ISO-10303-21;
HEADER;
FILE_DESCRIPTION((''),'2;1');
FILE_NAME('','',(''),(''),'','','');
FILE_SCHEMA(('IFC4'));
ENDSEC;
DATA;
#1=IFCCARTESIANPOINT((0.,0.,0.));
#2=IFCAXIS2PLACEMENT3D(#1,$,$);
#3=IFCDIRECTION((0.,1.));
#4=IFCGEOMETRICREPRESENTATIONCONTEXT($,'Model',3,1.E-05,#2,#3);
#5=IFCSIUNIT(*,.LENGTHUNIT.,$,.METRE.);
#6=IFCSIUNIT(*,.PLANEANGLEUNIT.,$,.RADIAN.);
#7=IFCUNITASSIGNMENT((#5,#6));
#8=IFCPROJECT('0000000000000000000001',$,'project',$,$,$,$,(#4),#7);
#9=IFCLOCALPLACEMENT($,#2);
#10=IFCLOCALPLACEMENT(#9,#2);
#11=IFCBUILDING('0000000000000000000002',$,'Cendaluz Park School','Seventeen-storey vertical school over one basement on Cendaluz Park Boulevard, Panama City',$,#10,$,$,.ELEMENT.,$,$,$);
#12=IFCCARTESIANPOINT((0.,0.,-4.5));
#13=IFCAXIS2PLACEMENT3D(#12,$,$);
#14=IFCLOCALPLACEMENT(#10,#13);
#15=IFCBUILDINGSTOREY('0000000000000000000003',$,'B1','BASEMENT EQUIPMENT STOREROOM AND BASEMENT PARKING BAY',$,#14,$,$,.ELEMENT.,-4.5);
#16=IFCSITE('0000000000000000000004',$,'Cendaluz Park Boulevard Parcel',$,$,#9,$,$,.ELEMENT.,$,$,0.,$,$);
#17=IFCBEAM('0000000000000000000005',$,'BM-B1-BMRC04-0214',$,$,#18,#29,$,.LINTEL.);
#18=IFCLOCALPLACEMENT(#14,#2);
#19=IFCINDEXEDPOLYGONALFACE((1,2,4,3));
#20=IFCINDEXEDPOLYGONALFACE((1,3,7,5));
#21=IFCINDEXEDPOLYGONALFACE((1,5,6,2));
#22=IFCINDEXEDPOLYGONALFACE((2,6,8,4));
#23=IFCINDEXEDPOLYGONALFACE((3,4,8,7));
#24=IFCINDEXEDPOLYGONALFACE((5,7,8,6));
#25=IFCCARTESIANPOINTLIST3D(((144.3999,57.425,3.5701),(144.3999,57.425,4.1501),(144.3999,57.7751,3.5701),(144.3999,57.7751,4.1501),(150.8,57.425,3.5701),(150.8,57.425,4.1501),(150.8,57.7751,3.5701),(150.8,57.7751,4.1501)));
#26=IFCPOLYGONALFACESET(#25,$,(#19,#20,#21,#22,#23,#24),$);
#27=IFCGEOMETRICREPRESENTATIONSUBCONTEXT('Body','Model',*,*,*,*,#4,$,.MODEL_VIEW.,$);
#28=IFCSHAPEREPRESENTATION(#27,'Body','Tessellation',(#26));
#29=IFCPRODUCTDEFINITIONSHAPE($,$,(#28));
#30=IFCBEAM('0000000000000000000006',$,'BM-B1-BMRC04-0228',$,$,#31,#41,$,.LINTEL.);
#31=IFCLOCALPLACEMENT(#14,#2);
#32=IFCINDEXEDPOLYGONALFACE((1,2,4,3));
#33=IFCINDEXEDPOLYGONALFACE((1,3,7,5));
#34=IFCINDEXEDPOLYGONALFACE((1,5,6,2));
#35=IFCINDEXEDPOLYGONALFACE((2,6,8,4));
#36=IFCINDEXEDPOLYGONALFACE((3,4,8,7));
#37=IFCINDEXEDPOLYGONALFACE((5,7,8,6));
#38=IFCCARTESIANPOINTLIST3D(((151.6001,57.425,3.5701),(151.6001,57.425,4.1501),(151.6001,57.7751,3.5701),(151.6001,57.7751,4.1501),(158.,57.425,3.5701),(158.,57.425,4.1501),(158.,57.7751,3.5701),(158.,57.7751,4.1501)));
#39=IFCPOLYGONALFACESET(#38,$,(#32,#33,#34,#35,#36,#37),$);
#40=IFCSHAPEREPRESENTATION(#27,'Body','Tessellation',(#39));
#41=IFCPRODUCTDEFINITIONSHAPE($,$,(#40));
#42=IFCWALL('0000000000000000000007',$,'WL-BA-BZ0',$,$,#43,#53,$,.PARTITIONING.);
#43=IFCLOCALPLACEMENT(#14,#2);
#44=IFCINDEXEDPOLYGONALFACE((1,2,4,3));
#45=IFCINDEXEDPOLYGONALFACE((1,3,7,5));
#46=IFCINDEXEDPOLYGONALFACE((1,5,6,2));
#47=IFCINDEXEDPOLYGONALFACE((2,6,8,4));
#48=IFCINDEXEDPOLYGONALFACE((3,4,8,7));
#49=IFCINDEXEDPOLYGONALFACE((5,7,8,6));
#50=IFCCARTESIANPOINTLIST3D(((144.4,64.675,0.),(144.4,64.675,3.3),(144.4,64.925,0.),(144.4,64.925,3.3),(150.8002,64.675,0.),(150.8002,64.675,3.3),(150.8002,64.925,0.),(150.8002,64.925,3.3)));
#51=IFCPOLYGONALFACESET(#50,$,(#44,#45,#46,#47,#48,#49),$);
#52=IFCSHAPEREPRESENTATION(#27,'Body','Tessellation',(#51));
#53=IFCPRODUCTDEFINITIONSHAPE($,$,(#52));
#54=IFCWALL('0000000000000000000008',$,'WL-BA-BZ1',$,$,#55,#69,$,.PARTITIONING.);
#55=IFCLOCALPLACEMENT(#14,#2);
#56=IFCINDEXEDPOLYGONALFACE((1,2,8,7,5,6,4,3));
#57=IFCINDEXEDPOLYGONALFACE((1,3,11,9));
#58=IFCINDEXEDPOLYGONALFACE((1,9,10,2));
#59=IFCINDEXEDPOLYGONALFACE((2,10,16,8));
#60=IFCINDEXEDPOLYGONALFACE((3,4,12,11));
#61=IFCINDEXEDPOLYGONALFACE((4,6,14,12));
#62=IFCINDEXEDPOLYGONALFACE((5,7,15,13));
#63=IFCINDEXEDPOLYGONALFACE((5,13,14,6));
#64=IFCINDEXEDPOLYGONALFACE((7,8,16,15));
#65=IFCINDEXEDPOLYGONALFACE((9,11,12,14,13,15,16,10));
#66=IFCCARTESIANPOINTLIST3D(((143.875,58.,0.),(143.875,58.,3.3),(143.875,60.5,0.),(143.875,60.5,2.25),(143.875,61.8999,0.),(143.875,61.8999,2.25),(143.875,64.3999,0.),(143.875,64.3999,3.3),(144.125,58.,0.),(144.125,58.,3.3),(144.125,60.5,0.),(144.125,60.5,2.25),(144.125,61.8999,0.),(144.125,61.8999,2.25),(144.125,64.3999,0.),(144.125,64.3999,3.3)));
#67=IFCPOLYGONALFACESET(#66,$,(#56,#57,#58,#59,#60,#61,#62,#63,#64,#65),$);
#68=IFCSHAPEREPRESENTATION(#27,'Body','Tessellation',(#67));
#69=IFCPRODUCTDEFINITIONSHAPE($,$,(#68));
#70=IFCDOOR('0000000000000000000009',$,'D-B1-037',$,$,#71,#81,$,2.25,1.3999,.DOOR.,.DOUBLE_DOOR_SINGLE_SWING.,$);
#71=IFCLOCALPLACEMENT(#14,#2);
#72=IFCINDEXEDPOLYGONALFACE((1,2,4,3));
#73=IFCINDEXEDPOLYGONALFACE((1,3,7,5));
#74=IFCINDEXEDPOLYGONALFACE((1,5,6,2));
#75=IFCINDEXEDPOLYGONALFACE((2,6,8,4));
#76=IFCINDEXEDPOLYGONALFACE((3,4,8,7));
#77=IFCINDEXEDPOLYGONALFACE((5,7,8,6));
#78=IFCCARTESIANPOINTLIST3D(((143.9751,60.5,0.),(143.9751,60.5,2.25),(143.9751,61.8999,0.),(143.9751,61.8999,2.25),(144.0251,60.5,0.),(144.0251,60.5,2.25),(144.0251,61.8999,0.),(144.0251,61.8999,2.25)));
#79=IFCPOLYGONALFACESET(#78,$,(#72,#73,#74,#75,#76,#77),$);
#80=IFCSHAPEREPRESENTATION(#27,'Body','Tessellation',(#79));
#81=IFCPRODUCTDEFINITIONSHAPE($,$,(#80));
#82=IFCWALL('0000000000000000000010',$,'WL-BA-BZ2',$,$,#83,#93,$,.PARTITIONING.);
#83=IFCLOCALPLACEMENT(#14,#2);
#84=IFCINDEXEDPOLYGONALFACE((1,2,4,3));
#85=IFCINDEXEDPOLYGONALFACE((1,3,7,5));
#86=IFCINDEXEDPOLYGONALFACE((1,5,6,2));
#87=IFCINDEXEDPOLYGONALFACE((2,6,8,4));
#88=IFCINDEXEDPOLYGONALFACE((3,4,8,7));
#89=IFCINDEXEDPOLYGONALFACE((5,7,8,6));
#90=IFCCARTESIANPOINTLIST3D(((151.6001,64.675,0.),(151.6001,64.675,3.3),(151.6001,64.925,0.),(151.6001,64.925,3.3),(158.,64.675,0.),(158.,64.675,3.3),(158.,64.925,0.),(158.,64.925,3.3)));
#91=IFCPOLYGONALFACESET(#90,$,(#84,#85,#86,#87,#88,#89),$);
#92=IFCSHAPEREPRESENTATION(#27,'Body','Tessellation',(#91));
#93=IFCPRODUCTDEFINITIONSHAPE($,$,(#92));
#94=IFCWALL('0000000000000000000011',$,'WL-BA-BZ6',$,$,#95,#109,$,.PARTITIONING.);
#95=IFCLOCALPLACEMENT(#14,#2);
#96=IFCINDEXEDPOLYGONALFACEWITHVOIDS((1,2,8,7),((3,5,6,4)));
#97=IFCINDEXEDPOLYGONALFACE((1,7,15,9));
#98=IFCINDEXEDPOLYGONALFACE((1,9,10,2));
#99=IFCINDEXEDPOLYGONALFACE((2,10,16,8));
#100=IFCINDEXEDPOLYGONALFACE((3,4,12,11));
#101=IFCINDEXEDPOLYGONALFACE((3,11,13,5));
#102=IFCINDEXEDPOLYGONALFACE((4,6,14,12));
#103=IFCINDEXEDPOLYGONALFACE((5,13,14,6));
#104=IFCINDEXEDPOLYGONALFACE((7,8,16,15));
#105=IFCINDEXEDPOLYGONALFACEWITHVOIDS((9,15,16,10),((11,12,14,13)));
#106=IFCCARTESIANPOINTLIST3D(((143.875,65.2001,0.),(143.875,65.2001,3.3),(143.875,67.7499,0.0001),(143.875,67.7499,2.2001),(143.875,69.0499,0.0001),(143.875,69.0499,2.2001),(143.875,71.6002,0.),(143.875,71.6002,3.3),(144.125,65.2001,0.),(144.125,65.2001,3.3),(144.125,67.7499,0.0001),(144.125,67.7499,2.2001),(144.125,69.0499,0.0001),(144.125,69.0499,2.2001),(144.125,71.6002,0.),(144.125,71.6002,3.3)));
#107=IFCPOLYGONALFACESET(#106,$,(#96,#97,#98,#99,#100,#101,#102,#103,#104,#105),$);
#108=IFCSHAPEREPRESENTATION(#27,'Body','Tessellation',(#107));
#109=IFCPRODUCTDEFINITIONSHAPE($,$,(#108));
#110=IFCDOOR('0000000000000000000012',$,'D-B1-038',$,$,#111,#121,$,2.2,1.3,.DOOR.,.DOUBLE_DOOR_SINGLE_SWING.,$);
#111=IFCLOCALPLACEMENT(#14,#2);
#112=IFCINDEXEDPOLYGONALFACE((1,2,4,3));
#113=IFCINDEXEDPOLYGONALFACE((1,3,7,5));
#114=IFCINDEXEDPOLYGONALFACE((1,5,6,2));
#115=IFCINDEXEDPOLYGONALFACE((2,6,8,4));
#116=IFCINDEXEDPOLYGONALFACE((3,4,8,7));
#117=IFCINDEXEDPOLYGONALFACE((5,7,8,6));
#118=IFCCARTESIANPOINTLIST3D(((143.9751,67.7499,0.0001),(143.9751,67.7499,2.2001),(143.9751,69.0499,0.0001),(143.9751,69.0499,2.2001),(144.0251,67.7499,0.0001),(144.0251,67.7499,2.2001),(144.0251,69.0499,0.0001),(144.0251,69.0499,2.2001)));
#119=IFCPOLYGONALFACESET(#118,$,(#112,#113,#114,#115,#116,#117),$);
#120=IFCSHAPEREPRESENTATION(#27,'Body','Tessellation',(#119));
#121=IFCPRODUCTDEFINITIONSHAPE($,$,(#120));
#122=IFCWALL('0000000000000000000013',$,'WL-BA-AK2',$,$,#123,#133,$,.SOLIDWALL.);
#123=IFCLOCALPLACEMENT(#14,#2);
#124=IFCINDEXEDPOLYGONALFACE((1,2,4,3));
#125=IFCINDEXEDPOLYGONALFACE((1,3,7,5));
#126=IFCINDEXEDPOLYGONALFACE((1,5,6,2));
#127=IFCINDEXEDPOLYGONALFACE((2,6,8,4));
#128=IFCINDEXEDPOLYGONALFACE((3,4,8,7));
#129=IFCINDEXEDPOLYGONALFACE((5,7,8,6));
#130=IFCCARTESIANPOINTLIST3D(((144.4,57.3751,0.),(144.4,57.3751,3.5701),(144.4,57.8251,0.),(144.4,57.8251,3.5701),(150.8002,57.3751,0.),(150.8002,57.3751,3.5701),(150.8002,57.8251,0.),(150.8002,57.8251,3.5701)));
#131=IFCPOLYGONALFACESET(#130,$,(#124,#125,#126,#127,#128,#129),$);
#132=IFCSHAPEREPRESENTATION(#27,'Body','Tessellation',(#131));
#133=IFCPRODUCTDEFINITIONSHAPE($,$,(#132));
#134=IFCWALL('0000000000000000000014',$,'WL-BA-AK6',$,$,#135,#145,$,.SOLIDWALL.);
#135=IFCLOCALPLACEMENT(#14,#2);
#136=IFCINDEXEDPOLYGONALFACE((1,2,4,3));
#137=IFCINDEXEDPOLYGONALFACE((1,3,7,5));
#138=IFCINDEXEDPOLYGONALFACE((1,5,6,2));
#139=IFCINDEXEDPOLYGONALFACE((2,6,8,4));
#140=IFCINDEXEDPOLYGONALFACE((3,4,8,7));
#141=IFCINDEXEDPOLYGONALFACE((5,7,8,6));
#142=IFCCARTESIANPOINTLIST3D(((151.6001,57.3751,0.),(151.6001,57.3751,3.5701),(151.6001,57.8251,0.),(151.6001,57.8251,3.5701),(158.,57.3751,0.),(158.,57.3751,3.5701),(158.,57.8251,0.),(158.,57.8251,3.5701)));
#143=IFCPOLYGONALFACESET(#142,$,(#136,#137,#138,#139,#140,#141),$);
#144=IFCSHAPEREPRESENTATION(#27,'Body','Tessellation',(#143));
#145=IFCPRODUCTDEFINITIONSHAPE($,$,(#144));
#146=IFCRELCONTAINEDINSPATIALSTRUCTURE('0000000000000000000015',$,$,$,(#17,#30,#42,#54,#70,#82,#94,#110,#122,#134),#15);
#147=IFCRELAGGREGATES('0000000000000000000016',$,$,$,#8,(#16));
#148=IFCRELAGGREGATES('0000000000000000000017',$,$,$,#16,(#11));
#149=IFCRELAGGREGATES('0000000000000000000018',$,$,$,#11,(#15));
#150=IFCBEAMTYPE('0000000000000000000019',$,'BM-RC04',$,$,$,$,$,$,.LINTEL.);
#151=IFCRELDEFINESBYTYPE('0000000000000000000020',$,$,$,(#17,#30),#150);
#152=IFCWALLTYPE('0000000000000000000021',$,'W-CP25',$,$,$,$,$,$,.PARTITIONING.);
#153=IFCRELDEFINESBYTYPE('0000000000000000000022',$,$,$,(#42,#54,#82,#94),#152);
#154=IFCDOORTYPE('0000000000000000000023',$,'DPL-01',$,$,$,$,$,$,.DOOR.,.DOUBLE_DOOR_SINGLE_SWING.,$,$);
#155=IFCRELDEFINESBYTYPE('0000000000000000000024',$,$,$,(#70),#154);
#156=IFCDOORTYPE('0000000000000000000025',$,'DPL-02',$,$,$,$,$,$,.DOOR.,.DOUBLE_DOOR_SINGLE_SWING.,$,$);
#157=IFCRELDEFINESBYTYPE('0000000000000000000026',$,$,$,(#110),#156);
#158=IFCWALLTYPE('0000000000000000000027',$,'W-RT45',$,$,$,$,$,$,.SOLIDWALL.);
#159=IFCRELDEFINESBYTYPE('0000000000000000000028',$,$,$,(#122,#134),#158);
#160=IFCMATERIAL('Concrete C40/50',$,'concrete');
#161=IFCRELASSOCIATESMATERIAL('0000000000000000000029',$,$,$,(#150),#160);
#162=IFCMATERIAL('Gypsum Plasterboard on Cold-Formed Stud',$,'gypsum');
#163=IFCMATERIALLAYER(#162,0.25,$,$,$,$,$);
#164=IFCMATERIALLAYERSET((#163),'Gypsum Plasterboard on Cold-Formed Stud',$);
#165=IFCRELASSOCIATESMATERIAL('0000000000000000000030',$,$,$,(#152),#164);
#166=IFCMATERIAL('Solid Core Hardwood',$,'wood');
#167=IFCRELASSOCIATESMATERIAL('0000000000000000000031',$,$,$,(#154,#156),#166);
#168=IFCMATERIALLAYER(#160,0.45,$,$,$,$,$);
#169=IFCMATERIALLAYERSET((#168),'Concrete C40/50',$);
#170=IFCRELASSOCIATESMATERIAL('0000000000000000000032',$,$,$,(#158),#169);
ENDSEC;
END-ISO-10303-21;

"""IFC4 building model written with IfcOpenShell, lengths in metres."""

from ifc_helpers import new_model, si_unit, direction, frame, frame_2d, origin, origin_2d, place, context, subcontext, project, spatial, rectangle, extrude, material, layer, layer_set, material_profile, profile_set, type_object, element, fill, save


model = new_model("IFC4")

# Units and contexts
model_context = context("Model", 3, precision=1e-05, world=origin(), true_north=direction((0.0, 1.0)))
body_context = subcontext(model_context, "Body", "Model", "MODEL_VIEW")
ifc_project = project(units=[si_unit("LENGTHUNIT", "METRE"), si_unit("PLANEANGLEUNIT", "RADIAN")], contexts=[model_context])

# Site, building, storey
site_placement = place(None, origin())
site = spatial("IfcSite", under=ifc_project, at=site_placement, Name="Cendaluz Park Boulevard Parcel", CompositionType="ELEMENT", RefElevation=0.0)
building_placement = place(site_placement, origin())
building = spatial("IfcBuilding", under=site, at=building_placement, Name="Cendaluz Park School", Description="Seventeen-storey vertical school over one basement on Cendaluz Park Boulevard, Panama City", CompositionType="ELEMENT")
storey_placement = place(building_placement, frame((0.0, 0.0, -4.5)))
storey = spatial("IfcBuildingStorey", under=building, at=storey_placement, Name="B1", Description="BASEMENT EQUIPMENT STOREROOM AND BASEMENT PARKING BAY", CompositionType="ELEMENT", Elevation=-4.5)

# Shared definitions
ifc_material_1 = material(Name="Concrete C40/50", Category="concrete")

# Beams
ifc_material_profile_1 = material_profile(ifc_material_1, rectangle(XDim=0.3501, YDim=0.5801, at=origin_2d()), Name="RC 350x580", Category="concrete")
ifc_profile_set_1 = profile_set([ifc_material_profile_1], Name="Concrete C40/50")
beam_type_1 = type_object("IfcBeamType", Name="BM-RC04", PredefinedType="LINTEL", material=ifc_profile_set_1)
beam_1_placement = place(storey_placement, frame((144.3999, 57.6001, 3.8601), z_axis=(1.0, 0.0, 0.0), x_axis=(0.0, 1.0, 0.0)))
element("IfcBeam", 1, at=beam_1_placement, inside=storey, type_object=beam_type_1, Name="BM-B1-BMRC04-0214", PredefinedType="LINTEL", context=body_context, shape_type="SweptSolid", body=[
    extrude(rectangle(XDim=0.3501, YDim=0.5801, at=origin_2d()), origin(), (0.0, 0.0, 1.0), 6.4001),
])
beam_2_placement = place(storey_placement, frame((151.6001, 57.6001, 3.8601), z_axis=(1.0, 0.0, 0.0), x_axis=(0.0, 1.0, 0.0)))
element("IfcBeam", 2, at=beam_2_placement, inside=storey, type_object=beam_type_1, Name="BM-B1-BMRC04-0228", PredefinedType="LINTEL", context=body_context, shape_type="SweptSolid", body=[
    extrude(rectangle(XDim=0.3501, YDim=0.5801, at=origin_2d()), origin(), (0.0, 0.0, 1.0), 6.3999),
])

# Wall
ifc_material_2 = material(Name="Gypsum Plasterboard on Cold-Formed Stud", Category="gypsum")
ifc_layer_1 = layer(ifc_material_2, 0.25)
ifc_layer_set_1 = layer_set([ifc_layer_1], Name="Gypsum Plasterboard on Cold-Formed Stud")
wall_type_1 = type_object("IfcWallType", Name="W-CP25", PredefinedType="PARTITIONING", material=ifc_layer_set_1)
wall_1_placement = place(storey_placement, frame((144.3999, 64.8, 0.0), z_axis=(0.0, 0.0, 1.0), x_axis=(1.0, 0.0, 0.0)))
element("IfcWall", 3, at=wall_1_placement, inside=storey, type_object=wall_type_1, Name="WL-BA-BZ0", PredefinedType="PARTITIONING", context=body_context, shape_type="SweptSolid", body=[
    extrude(rectangle(XDim=6.4001, YDim=0.25, at=frame_2d((3.2002, 0.0))), origin(), (0.0, 0.0, 1.0), 3.3),
])

# Wall, opening, door
wall_2_placement = place(storey_placement, frame((144.0, 58.0, 0.0), z_axis=(0.0, 0.0, 1.0), x_axis=(0.0, 1.0, 0.0)))
wall_2 = element("IfcWall", 4, at=wall_2_placement, inside=storey, type_object=wall_type_1, Name="WL-BA-BZ1", PredefinedType="PARTITIONING", context=body_context, shape_type="SweptSolid", body=[
    extrude(rectangle(XDim=6.3999, YDim=0.25, at=frame_2d((3.2, 0.0))), origin(), (0.0, 0.0, 1.0), 3.3),
])
opening_1_placement = place(wall_2_placement, frame((2.5, 0.0, 0.0)))
opening_1 = element("IfcOpeningElement", 5, at=opening_1_placement, cuts=wall_2, PredefinedType="OPENING", context=body_context, shape_type="SweptSolid", body=[
    extrude(rectangle(XDim=1.3999, YDim=2.25, at=frame_2d((0.7, 1.125))), frame((0.0, 0.137, 0.0), z_axis=(0.0, -1.0, 0.0), x_axis=(1.0, 0.0, 0.0)), (0.0, 0.0, 1.0), 0.2739),
])
ifc_material_3 = material(Name="Solid Core Hardwood", Category="wood")
door_type_1 = type_object("IfcDoorType", Name="DPL-01", OperationType="DOUBLE_DOOR_SINGLE_SWING", PredefinedType="DOOR", material=ifc_material_3)
door_1_placement = place(opening_1_placement, origin())
door_1 = element("IfcDoor", 6, at=door_1_placement, inside=storey, type_object=door_type_1, Name="D-B1-037", OperationType="DOUBLE_DOOR_SINGLE_SWING", OverallHeight=2.25, OverallWidth=1.3999, PredefinedType="DOOR", context=body_context, shape_type="SweptSolid", body=[
    extrude(rectangle(XDim=1.3999, YDim=2.25, at=frame_2d((0.7, 1.125))), frame((0.0, 0.0249, 0.0), z_axis=(0.0, -1.0, 0.0), x_axis=(1.0, 0.0, 0.0)), (0.0, 0.0, 1.0), 0.05),
])
fill(opening_1, door_1)

# Wall
wall_3_placement = place(storey_placement, frame((151.6001, 64.8, 0.0), z_axis=(0.0, 0.0, 1.0), x_axis=(1.0, 0.0, 0.0)))
element("IfcWall", 7, at=wall_3_placement, inside=storey, type_object=wall_type_1, Name="WL-BA-BZ2", PredefinedType="PARTITIONING", context=body_context, shape_type="SweptSolid", body=[
    extrude(rectangle(XDim=6.3999, YDim=0.25, at=frame_2d((3.2, 0.0))), origin(), (0.0, 0.0, 1.0), 3.3),
])

# Wall, opening, door
wall_4_placement = place(storey_placement, frame((144.0, 65.2, 0.0), z_axis=(0.0, 0.0, 1.0), x_axis=(0.0, 1.0, 0.0)))
wall_4 = element("IfcWall", 8, at=wall_4_placement, inside=storey, type_object=wall_type_1, Name="WL-BA-BZ6", PredefinedType="PARTITIONING", context=body_context, shape_type="SweptSolid", body=[
    extrude(rectangle(XDim=6.4001, YDim=0.25, at=frame_2d((3.2002, 0.0))), origin(), (0.0, 0.0, 1.0), 3.3),
])
opening_2_placement = place(wall_4_placement, frame((2.55, 0.0, 0.0)))
opening_2 = element("IfcOpeningElement", 9, at=opening_2_placement, cuts=wall_4, PredefinedType="OPENING", context=body_context, shape_type="SweptSolid", body=[
    extrude(rectangle(XDim=1.3, YDim=2.2, at=frame_2d((0.6499, 1.1001))), frame((0.0, 0.137, 0.0), z_axis=(0.0, -1.0, 0.0), x_axis=(1.0, 0.0, 0.0)), (0.0, 0.0, 1.0), 0.2739),
])
door_type_2 = type_object("IfcDoorType", Name="DPL-02", OperationType="DOUBLE_DOOR_SINGLE_SWING", PredefinedType="DOOR", material=ifc_material_3)
door_2_placement = place(opening_2_placement, origin())
door_2 = element("IfcDoor", 10, at=door_2_placement, inside=storey, type_object=door_type_2, Name="D-B1-038", OperationType="DOUBLE_DOOR_SINGLE_SWING", OverallHeight=2.2, OverallWidth=1.3, PredefinedType="DOOR", context=body_context, shape_type="SweptSolid", body=[
    extrude(rectangle(XDim=1.3, YDim=2.2, at=frame_2d((0.6499, 1.1001))), frame((0.0, 0.0249, 0.0), z_axis=(0.0, -1.0, 0.0), x_axis=(1.0, 0.0, 0.0)), (0.0, 0.0, 1.0), 0.05),
])
fill(opening_2, door_2)

# Walls
ifc_layer_2 = layer(ifc_material_1, 0.45)
ifc_layer_set_2 = layer_set([ifc_layer_2], Name="Concrete C40/50")
wall_type_2 = type_object("IfcWallType", Name="W-RT45", PredefinedType="SOLIDWALL", material=ifc_layer_set_2)
wall_5_placement = place(storey_placement, frame((144.3999, 57.6001, 0.0), z_axis=(0.0, 0.0, 1.0), x_axis=(1.0, 0.0, 0.0)))
element("IfcWall", 11, at=wall_5_placement, inside=storey, type_object=wall_type_2, Name="WL-BA-AK2", PredefinedType="SOLIDWALL", context=body_context, shape_type="SweptSolid", body=[
    extrude(rectangle(XDim=6.4001, YDim=0.45, at=frame_2d((3.2002, 0.0))), origin(), (0.0, 0.0, 1.0), 3.5701),
])
wall_6_placement = place(storey_placement, frame((151.6001, 57.6001, 0.0), z_axis=(0.0, 0.0, 1.0), x_axis=(1.0, 0.0, 0.0)))
element("IfcWall", 12, at=wall_6_placement, inside=storey, type_object=wall_type_2, Name="WL-BA-AK6", PredefinedType="SOLIDWALL", context=body_context, shape_type="SweptSolid", body=[
    extrude(rectangle(XDim=6.3999, YDim=0.45, at=frame_2d((3.2, 0.0))), origin(), (0.0, 0.0, 1.0), 3.5701),
])

save(model, "model.ifc")
